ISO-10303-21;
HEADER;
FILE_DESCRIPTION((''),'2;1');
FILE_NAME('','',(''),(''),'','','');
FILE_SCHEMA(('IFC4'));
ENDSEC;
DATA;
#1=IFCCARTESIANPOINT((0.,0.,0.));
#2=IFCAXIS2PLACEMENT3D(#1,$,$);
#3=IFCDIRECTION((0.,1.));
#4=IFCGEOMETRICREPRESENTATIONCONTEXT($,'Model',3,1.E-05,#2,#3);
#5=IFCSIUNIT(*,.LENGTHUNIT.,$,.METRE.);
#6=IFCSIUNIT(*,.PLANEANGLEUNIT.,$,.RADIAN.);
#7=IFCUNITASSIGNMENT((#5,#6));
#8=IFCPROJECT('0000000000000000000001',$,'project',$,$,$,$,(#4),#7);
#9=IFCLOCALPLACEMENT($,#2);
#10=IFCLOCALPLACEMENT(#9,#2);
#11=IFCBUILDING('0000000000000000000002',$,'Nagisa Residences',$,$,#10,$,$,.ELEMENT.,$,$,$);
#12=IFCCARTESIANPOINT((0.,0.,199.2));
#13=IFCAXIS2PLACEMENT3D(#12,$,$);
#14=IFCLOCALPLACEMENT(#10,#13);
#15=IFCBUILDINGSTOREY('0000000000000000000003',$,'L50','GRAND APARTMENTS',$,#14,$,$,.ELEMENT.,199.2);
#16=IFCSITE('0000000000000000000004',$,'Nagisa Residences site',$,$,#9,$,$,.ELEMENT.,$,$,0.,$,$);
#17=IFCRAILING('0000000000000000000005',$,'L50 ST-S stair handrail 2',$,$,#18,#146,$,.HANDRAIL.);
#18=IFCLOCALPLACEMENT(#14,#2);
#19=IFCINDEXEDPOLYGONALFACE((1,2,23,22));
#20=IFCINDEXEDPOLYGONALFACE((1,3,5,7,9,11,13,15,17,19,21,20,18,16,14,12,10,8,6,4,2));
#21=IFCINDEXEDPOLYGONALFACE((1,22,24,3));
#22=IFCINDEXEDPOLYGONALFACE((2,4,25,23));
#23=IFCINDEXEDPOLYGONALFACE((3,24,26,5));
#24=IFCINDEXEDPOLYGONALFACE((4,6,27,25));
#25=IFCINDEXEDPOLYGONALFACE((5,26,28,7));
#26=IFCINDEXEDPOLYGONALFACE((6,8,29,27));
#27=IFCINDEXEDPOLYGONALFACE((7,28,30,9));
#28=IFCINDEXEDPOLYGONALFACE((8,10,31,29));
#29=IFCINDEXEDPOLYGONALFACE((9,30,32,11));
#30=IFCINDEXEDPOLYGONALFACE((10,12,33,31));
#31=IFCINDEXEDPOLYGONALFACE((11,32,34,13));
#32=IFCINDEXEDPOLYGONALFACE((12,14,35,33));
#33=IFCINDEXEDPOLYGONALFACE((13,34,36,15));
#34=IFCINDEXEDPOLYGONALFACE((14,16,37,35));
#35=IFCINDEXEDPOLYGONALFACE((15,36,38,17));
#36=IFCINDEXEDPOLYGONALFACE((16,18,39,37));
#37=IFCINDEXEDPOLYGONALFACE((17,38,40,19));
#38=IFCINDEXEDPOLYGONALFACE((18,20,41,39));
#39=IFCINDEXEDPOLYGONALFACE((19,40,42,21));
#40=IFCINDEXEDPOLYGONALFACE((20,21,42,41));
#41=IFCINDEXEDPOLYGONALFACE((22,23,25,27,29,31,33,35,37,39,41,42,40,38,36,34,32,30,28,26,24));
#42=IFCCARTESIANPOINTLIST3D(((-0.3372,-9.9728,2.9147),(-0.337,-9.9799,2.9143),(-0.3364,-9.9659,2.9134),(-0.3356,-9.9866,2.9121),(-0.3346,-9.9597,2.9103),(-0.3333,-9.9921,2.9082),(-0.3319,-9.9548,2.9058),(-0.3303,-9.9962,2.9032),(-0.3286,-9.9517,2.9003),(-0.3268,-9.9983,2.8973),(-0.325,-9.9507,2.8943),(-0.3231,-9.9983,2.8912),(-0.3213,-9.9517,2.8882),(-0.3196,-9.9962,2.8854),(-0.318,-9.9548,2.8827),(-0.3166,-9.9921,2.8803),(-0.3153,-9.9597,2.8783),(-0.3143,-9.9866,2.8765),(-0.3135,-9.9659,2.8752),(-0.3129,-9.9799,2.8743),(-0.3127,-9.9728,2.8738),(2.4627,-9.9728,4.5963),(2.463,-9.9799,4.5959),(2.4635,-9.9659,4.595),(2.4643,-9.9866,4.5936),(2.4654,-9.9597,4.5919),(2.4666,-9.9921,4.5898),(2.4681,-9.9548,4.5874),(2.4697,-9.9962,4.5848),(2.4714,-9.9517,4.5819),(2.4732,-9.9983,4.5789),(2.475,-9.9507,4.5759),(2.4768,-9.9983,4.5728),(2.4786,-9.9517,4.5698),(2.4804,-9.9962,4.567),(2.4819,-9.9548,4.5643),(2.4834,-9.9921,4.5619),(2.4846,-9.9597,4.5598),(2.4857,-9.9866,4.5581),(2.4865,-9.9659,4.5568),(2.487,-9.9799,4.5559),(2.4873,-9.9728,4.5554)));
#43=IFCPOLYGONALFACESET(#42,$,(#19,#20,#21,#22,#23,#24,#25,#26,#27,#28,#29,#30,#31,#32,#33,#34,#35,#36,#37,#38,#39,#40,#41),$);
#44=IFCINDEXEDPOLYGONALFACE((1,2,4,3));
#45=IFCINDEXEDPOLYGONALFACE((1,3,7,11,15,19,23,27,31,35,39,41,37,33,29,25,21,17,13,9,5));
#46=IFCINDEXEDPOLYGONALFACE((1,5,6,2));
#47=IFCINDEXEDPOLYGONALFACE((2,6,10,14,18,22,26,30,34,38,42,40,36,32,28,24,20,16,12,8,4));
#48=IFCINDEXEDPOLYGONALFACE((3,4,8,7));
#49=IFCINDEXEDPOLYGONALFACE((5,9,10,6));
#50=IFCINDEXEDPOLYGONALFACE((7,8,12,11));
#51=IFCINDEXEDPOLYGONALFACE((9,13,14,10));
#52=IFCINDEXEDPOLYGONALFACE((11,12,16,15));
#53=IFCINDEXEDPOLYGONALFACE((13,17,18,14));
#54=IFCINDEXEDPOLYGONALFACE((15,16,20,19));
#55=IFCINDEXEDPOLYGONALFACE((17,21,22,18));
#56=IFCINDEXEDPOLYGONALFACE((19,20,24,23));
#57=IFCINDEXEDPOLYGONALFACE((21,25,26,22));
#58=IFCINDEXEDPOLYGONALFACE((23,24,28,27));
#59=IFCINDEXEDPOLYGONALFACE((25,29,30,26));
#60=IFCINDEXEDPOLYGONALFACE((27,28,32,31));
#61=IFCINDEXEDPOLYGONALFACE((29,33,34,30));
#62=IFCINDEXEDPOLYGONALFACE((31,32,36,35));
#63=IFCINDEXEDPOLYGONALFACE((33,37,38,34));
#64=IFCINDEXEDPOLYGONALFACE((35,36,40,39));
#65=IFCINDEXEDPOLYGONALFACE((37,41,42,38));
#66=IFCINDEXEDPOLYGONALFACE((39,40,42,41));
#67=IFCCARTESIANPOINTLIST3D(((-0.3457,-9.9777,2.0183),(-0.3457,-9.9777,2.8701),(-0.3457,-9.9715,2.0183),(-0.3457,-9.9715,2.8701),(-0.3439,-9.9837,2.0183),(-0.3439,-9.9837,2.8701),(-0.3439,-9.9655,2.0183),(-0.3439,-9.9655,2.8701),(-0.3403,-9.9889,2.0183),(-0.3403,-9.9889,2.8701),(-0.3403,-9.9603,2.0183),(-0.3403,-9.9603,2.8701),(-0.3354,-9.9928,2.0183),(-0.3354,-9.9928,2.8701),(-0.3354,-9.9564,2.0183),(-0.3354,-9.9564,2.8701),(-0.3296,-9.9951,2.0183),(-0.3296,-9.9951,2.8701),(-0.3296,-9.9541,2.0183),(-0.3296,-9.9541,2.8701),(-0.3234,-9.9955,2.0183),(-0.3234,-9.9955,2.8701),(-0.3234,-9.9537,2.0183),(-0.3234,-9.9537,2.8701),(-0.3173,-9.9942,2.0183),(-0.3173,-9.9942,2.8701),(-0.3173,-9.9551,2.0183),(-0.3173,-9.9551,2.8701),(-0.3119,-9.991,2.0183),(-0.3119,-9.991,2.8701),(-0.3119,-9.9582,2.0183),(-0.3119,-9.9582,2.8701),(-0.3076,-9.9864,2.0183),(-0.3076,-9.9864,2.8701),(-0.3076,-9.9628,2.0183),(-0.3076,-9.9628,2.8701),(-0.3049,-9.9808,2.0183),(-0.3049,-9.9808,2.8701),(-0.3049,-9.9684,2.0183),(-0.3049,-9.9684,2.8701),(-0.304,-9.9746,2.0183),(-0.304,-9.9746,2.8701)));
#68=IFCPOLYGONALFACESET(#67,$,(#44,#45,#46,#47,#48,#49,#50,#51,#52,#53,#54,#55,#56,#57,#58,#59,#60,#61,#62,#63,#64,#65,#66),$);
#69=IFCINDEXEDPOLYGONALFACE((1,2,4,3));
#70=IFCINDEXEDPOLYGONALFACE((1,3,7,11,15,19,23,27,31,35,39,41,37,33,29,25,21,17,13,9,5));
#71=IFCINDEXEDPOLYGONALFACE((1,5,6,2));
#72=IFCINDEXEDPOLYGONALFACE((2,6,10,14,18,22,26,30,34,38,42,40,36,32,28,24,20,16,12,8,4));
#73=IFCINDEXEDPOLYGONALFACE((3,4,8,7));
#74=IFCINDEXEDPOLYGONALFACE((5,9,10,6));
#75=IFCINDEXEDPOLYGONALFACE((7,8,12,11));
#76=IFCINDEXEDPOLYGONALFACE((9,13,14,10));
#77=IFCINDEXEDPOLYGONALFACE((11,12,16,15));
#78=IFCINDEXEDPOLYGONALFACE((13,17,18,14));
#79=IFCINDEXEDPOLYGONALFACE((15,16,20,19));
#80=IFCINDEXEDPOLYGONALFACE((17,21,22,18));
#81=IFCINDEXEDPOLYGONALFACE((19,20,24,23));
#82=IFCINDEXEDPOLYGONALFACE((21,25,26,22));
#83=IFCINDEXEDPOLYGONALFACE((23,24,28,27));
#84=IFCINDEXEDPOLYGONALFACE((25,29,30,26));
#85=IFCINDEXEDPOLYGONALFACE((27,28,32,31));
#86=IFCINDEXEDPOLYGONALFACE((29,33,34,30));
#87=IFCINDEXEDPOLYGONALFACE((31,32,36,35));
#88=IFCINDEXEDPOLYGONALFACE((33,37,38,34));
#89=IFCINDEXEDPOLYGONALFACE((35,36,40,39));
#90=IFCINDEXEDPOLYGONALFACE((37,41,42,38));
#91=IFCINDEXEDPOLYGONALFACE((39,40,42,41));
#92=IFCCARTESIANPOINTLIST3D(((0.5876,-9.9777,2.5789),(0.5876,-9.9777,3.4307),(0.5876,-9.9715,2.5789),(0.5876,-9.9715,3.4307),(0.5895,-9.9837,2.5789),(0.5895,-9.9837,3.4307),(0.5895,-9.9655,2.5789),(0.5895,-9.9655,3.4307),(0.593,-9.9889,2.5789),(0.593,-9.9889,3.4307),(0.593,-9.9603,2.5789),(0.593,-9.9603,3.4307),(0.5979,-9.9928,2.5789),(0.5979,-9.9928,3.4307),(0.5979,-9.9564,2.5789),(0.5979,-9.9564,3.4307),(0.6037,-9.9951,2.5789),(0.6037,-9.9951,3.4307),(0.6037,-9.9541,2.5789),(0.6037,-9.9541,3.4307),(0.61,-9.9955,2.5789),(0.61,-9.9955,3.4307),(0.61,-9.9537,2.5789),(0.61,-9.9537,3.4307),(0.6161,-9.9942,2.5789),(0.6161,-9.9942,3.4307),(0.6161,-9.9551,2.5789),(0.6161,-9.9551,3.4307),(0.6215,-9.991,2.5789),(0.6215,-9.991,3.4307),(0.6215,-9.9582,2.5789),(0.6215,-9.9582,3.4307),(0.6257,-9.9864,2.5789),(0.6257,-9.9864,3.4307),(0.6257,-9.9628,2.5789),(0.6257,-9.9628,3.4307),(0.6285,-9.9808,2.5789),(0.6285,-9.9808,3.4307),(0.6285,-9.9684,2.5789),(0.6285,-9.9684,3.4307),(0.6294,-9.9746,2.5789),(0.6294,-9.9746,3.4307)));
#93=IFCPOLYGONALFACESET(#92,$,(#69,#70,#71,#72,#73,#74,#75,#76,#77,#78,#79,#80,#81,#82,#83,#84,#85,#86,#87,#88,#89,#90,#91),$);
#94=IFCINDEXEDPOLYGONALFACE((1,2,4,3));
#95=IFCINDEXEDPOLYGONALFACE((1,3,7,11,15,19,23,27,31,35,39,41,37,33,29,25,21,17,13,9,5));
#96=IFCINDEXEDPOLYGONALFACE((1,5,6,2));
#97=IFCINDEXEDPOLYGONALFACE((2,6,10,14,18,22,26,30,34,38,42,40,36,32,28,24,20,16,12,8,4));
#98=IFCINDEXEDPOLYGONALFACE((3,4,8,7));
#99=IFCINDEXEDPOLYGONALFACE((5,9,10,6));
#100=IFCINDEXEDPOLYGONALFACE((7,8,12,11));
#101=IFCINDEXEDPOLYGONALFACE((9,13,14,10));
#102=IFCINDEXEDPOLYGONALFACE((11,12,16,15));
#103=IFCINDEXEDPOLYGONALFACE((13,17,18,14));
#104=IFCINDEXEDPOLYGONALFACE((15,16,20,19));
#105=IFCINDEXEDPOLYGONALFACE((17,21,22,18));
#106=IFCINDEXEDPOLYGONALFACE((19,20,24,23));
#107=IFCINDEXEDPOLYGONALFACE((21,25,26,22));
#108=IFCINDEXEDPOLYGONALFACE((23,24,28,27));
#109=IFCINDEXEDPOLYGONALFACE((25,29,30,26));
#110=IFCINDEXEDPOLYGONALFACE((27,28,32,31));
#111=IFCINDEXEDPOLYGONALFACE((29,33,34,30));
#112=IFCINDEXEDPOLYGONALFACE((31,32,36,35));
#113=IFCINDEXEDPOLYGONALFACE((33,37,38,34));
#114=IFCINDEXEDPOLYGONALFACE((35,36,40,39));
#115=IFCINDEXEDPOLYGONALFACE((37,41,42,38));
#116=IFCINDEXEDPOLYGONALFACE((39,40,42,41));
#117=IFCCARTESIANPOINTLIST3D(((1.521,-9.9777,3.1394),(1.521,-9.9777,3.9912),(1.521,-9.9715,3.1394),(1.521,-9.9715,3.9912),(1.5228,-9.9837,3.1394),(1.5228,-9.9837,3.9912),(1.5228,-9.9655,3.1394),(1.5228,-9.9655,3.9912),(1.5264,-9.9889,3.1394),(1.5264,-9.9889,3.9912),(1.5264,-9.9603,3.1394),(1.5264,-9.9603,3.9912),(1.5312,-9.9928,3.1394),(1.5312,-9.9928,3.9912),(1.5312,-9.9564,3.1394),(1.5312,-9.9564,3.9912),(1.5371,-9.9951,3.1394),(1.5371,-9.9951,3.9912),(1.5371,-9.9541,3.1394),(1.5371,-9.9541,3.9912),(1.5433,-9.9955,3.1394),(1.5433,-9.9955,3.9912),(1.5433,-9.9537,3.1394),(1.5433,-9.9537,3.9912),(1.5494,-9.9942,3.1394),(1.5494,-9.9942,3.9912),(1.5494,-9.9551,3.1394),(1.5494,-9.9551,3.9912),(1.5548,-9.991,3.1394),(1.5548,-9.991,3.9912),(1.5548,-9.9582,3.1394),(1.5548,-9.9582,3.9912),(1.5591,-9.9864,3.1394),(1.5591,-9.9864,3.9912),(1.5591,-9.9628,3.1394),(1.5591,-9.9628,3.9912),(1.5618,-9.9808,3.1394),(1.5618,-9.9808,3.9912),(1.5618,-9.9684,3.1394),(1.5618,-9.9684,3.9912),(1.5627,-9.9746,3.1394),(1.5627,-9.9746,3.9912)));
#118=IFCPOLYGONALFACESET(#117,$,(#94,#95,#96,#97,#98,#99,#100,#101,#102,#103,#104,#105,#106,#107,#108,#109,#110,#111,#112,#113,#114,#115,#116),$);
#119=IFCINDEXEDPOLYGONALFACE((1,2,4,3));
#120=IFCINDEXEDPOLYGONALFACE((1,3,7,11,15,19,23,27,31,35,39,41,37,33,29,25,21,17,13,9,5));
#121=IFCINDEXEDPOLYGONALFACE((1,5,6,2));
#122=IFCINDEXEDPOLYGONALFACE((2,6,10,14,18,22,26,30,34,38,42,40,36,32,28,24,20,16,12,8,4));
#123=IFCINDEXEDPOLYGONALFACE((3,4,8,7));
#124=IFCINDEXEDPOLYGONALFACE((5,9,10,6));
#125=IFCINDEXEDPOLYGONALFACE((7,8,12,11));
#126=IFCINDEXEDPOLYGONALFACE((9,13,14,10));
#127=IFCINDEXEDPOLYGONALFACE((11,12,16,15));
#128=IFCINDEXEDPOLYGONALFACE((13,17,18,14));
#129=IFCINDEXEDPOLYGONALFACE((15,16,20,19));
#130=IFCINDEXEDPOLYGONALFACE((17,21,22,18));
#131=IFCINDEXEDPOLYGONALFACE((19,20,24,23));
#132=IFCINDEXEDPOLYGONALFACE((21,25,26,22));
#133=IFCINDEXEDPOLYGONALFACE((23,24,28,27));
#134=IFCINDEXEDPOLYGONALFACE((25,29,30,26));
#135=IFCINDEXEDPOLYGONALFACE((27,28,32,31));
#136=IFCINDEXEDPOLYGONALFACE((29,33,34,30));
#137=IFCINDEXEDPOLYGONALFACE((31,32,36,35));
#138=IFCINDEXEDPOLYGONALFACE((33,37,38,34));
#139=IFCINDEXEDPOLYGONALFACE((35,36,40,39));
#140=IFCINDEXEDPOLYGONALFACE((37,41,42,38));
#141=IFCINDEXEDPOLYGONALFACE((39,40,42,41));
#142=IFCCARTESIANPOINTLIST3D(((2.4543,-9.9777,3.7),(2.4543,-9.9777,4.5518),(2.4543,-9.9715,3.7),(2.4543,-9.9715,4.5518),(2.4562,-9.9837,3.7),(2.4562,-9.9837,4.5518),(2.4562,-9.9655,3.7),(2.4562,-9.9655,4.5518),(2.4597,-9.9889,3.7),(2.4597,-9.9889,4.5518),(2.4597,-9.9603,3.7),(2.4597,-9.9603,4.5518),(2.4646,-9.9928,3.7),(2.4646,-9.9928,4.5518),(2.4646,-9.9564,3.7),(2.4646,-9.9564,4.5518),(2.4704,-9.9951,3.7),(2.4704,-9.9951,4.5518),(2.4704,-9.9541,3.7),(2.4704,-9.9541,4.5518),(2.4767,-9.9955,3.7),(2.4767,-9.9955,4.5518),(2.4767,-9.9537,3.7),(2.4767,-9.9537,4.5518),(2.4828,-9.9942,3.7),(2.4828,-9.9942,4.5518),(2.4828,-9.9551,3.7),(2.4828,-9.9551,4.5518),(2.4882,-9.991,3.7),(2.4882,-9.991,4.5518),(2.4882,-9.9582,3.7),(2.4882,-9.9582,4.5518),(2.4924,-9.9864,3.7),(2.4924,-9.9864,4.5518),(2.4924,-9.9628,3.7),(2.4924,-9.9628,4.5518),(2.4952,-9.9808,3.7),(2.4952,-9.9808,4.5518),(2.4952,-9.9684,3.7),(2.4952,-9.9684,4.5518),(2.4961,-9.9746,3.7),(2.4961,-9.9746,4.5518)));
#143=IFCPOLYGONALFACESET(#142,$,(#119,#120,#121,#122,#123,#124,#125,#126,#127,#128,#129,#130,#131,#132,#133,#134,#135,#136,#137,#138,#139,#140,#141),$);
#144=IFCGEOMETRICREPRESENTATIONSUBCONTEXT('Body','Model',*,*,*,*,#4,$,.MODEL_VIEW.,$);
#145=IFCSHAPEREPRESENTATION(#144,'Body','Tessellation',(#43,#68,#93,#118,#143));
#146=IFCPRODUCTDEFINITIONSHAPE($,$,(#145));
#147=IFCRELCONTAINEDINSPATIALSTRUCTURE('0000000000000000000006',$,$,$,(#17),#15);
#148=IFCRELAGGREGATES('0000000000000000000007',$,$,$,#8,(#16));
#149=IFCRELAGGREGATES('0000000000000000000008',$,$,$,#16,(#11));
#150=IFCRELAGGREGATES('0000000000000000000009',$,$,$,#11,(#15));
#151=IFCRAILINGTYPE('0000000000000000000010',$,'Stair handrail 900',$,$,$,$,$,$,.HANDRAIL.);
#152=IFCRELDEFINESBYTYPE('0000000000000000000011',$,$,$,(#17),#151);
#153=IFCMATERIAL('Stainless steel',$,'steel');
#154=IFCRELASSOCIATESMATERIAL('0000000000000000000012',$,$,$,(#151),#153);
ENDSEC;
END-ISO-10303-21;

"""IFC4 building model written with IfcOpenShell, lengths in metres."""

from ifc_helpers import new_model, si_unit, direction, frame, origin, origin_2d, place, context, subcontext, project, spatial, circle, extrude, material, type_object, element, save


model = new_model("IFC4")

# Units and contexts
model_context = context("Model", 3, precision=1e-05, world=origin(), true_north=direction((0.0, 1.0)))
body_context = subcontext(model_context, "Body", "Model", "MODEL_VIEW")
ifc_project = project(units=[si_unit("LENGTHUNIT", "METRE"), si_unit("PLANEANGLEUNIT", "RADIAN")], contexts=[model_context])

# Site, building, storey
site_placement = place(None, origin())
site = spatial("IfcSite", under=ifc_project, at=site_placement, Name="Nagisa Residences site", CompositionType="ELEMENT", RefElevation=0.0)
building_placement = place(site_placement, origin())
building = spatial("IfcBuilding", under=site, at=building_placement, Name="Nagisa Residences", CompositionType="ELEMENT")
storey_placement = place(building_placement, frame((0.0, 0.0, 199.2)))
storey = spatial("IfcBuildingStorey", under=building, at=storey_placement, Name="L50", Description="GRAND APARTMENTS", CompositionType="ELEMENT", Elevation=199.2)

# Railing
ifc_material_1 = material(Name="Stainless steel", Category="steel")
railing_type = type_object("IfcRailingType", Name="Stair handrail 900", PredefinedType="HANDRAIL", material=ifc_material_1)
railing_placement = place(storey_placement, frame((-0.325, -9.9746, 2.0183)))
element("IfcRailing", 1, at=railing_placement, inside=storey, type_object=railing_type, Name="L50 ST-S stair handrail 2", PredefinedType="HANDRAIL", context=body_context, shape_type="SweptSolid", body=[
    extrude(circle(Radius=0.0239, at=origin_2d()), frame((0.0, 0.0, 0.876), z_axis=(0.857275, 0.0, 0.514858), x_axis=(0.0, 1.0, 0.0)), (0.0, 0.0, 1.0), 3.2661),
    extrude(circle(Radius=0.021, at=origin_2d()), origin(), (0.0, 0.0, 1.0), 0.8518),
    extrude(circle(Radius=0.021, at=origin_2d()), frame((0.9333, 0.0, 0.5605)), (0.0, 0.0, 1.0), 0.8518),
    extrude(circle(Radius=0.021, at=origin_2d()), frame((1.8667, 0.0, 1.1211)), (0.0, 0.0, 1.0), 0.8518),
    extrude(circle(Radius=0.021, at=origin_2d()), frame((2.8, 0.0, 1.6816)), (0.0, 0.0, 1.0), 0.8518),
])

save(model, "model.ifc")
